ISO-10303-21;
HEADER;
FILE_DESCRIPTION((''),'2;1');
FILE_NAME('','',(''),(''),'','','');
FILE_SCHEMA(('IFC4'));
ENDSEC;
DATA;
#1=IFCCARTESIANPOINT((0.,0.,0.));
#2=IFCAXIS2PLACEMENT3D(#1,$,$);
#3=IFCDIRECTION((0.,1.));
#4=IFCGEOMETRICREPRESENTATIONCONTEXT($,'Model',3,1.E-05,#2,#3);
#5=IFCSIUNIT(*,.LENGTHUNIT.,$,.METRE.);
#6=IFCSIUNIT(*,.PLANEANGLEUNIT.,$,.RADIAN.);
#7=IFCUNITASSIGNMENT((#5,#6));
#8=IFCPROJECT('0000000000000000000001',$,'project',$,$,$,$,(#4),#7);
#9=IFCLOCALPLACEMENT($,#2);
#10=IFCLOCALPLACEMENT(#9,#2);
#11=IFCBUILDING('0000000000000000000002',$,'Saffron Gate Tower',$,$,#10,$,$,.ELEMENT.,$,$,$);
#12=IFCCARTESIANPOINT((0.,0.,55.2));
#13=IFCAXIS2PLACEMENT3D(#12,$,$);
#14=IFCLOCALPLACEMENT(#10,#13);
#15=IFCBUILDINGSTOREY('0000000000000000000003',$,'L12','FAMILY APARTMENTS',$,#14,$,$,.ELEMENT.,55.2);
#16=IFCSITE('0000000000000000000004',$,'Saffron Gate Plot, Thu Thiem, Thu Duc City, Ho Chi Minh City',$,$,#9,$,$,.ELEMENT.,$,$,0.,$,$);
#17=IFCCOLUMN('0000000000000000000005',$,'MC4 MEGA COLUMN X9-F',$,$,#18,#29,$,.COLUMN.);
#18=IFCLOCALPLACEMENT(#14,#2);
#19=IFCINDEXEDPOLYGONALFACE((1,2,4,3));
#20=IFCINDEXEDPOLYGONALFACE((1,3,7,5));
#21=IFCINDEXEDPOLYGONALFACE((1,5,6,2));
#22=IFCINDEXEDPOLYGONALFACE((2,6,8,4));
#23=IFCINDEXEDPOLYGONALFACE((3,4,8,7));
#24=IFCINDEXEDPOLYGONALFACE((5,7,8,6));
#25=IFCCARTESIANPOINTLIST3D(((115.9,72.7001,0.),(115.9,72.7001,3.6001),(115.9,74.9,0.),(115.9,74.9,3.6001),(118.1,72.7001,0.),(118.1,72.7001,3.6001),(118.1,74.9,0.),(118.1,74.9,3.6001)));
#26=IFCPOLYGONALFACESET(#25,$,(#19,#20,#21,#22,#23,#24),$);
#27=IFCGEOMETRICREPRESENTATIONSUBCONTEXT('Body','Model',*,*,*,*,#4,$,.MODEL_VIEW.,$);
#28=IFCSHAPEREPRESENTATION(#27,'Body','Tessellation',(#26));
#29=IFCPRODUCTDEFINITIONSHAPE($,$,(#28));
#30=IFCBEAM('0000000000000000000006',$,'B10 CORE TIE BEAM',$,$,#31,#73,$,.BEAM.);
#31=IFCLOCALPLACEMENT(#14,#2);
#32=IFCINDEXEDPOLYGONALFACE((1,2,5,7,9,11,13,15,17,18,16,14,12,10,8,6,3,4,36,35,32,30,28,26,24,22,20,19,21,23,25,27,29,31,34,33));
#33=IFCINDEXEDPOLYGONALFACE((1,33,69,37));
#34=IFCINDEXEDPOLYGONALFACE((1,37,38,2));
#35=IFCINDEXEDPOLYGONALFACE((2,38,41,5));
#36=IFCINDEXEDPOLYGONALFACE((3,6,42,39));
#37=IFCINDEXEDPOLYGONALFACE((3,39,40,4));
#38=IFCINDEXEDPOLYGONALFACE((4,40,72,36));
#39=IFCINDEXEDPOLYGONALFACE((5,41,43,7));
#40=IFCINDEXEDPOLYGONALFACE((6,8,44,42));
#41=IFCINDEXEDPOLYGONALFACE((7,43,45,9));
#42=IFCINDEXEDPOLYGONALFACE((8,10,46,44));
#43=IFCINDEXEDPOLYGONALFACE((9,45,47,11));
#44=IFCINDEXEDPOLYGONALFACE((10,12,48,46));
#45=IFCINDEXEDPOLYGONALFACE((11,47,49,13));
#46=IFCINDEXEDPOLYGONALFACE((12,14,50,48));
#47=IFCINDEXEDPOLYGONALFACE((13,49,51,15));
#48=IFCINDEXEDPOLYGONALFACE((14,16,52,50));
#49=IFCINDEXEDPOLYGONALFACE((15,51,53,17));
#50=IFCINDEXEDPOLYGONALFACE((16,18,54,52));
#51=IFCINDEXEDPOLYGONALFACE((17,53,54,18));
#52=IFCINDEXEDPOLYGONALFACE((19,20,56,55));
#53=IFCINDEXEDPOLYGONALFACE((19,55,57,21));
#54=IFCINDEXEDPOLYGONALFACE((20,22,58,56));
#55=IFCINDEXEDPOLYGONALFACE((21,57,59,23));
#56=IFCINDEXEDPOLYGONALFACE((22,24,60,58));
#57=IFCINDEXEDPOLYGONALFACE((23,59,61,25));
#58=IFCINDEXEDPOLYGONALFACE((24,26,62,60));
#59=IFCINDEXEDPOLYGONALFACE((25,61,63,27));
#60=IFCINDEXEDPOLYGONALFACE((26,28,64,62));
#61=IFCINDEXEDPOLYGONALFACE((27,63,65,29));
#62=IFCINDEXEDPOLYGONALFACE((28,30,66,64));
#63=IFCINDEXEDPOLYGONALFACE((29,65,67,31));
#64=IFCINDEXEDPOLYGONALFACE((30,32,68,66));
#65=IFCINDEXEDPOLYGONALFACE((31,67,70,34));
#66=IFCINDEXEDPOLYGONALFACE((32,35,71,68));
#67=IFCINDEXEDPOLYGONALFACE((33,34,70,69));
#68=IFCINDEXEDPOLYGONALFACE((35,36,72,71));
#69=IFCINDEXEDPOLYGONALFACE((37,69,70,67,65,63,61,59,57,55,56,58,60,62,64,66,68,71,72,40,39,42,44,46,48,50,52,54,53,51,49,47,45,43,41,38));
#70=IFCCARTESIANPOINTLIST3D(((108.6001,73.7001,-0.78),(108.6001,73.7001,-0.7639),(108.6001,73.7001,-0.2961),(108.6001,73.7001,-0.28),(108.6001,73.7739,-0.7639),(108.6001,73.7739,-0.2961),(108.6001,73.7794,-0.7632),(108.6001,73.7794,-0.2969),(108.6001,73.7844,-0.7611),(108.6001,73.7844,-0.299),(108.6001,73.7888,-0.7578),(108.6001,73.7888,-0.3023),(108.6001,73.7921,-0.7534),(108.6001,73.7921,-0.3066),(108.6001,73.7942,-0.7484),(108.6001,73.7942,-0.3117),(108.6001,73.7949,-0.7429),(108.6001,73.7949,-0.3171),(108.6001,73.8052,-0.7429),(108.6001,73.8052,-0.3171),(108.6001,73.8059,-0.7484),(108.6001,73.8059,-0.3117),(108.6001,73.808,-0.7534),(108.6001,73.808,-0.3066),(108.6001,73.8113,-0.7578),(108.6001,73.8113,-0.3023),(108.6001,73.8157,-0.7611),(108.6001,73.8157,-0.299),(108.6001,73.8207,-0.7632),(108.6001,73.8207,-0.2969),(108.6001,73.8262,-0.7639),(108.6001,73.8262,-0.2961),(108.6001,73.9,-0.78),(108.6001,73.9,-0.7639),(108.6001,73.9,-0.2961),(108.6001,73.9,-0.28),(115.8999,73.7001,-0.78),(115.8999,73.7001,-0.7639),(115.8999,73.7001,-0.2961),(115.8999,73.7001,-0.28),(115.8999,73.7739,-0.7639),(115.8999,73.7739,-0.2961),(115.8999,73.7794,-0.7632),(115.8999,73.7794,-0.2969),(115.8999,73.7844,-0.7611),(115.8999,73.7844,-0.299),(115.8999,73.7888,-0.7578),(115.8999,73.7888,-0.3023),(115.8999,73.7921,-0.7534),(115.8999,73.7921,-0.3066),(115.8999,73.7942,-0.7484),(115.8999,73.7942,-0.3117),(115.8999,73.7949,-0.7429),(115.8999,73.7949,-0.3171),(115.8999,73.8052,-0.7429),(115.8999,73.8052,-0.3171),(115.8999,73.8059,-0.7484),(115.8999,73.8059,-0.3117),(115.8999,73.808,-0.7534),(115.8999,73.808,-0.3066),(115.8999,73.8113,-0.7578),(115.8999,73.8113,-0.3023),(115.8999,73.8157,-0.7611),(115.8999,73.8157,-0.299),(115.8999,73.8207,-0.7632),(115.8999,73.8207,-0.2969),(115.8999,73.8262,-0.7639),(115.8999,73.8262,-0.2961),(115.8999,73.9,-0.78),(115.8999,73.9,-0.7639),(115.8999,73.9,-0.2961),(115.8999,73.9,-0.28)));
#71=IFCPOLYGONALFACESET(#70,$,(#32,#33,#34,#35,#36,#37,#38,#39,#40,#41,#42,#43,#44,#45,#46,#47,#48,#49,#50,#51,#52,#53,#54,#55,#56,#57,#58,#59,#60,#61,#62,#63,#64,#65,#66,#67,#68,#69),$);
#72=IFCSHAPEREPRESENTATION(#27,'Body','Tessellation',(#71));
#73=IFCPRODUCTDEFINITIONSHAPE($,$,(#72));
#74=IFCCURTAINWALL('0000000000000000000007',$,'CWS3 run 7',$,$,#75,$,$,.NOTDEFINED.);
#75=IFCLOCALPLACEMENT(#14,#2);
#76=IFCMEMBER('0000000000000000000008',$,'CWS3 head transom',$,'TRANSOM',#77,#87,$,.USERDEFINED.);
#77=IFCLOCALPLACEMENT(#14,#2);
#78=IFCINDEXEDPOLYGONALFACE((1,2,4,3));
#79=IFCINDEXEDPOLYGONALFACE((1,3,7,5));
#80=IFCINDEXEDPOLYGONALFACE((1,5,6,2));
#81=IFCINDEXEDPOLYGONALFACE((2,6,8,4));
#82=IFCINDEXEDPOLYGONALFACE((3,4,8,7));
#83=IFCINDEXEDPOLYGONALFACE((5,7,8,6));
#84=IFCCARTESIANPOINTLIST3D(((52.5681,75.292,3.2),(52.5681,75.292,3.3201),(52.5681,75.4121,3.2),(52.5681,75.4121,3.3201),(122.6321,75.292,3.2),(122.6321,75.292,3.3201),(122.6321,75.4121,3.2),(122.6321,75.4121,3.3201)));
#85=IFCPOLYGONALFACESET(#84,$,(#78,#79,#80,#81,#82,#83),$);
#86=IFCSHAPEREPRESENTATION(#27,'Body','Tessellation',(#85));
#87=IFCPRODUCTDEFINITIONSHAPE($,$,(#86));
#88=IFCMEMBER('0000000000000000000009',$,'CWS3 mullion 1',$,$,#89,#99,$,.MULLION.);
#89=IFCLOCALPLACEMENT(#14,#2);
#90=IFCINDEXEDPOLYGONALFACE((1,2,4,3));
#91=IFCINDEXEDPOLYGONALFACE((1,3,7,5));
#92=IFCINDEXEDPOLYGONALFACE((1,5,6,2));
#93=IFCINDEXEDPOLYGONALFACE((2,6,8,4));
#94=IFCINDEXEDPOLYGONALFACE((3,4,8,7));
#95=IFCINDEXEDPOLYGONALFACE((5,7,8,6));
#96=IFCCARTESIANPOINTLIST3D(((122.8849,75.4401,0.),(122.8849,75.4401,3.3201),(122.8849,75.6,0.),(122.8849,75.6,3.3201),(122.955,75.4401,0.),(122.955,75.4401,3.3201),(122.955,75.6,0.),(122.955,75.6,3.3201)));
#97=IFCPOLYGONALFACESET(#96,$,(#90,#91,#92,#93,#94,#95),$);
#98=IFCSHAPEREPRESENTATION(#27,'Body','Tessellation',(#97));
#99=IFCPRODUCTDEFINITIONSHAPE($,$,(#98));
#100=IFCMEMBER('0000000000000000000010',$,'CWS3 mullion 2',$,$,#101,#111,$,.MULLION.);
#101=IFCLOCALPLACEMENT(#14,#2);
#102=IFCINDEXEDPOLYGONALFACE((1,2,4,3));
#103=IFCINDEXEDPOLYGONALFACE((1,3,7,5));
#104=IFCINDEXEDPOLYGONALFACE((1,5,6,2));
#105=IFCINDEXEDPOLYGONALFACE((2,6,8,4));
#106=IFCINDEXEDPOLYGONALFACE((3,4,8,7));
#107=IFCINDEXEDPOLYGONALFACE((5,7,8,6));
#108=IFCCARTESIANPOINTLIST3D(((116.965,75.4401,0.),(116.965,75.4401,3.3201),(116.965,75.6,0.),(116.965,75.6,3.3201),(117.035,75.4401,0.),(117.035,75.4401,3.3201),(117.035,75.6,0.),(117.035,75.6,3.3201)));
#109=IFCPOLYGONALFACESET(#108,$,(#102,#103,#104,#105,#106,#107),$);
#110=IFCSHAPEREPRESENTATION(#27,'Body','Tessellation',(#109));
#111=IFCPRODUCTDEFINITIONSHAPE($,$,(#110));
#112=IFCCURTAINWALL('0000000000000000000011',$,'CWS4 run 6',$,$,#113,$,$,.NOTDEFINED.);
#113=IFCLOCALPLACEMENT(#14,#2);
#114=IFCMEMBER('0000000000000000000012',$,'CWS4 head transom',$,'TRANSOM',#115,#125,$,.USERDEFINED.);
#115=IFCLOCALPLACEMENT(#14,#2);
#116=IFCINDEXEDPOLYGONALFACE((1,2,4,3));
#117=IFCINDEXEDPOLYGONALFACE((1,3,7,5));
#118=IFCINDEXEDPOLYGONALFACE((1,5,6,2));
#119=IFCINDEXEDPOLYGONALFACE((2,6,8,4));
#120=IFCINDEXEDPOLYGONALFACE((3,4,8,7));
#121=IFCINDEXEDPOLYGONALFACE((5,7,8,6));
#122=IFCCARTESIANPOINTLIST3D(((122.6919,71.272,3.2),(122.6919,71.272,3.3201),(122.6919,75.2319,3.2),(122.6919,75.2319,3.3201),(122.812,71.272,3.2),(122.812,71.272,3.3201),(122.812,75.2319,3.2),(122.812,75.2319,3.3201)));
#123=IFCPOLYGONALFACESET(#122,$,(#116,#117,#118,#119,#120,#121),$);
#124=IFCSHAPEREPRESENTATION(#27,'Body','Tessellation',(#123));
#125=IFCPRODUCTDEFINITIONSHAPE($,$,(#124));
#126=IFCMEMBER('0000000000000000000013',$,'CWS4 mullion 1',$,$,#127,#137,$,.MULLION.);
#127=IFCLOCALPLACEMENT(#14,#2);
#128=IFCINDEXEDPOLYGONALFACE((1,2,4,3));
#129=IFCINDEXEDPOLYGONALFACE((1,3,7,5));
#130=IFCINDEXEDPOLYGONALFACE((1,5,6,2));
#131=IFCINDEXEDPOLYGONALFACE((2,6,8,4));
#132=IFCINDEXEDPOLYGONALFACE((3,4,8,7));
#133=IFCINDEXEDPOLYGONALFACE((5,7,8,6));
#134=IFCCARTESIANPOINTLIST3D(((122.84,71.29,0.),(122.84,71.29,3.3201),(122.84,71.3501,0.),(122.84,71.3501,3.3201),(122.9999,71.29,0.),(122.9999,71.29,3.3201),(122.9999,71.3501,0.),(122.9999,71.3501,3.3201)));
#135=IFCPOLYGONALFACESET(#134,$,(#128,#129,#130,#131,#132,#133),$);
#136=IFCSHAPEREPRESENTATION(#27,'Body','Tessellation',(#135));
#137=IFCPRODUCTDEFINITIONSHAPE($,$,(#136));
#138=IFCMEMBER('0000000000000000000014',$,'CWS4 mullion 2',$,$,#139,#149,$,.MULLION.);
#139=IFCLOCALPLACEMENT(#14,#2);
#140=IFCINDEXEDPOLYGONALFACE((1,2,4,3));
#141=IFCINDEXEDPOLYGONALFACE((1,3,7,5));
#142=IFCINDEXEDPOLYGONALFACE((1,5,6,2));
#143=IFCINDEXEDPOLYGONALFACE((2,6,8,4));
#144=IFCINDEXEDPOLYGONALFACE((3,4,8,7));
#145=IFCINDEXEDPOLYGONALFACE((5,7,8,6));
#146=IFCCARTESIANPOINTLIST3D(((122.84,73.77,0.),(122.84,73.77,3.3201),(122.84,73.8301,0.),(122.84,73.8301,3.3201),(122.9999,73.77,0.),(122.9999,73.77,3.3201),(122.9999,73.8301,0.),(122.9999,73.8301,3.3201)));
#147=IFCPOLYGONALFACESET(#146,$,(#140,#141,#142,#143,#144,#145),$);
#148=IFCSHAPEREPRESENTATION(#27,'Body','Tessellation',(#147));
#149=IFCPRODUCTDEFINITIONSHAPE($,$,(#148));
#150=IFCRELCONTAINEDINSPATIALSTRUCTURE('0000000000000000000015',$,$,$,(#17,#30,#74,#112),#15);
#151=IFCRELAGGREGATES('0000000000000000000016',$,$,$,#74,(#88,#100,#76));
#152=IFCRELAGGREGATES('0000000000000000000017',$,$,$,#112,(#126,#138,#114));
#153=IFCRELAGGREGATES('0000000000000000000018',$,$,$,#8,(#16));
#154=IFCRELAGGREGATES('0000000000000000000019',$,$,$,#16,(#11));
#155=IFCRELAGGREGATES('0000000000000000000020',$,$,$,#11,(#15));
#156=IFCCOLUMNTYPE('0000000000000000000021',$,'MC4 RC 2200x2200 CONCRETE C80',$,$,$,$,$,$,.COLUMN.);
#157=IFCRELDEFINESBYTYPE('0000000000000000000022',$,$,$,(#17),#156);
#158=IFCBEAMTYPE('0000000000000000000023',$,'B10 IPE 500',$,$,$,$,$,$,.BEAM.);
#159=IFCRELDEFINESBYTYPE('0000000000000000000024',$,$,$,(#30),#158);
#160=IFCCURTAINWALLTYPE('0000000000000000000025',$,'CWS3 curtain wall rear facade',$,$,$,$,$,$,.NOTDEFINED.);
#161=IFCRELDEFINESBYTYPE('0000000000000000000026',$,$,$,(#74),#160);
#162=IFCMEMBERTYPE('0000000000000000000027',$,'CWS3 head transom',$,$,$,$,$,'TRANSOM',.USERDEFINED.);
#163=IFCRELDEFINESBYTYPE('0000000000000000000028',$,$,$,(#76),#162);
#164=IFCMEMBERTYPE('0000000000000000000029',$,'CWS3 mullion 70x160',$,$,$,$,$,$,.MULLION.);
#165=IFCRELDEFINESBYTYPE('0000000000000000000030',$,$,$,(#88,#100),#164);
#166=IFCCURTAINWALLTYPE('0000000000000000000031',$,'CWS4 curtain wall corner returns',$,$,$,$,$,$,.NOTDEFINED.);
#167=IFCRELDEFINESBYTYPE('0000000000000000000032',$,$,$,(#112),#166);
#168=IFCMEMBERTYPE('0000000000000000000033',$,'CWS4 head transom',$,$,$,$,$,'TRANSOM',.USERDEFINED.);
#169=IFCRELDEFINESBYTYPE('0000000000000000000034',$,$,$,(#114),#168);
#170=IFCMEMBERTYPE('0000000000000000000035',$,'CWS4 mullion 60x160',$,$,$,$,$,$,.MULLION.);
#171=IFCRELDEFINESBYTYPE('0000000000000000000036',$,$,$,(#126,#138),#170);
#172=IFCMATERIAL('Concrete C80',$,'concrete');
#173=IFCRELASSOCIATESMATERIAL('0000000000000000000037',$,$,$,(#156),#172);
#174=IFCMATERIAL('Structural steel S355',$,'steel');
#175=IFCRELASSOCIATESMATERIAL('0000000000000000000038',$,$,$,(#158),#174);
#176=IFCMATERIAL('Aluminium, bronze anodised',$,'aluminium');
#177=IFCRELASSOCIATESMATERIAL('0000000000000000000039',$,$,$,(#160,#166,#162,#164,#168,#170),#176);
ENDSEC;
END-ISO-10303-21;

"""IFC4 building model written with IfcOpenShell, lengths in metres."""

from ifc_helpers import new_model, si_unit, direction, frame, origin, origin_2d, place, context, subcontext, project, spatial, rectangle, i_section, extrude, material, material_profile, profile_set, type_object, element, aggregate, save


model = new_model("IFC4")

# Units and contexts
model_context = context("Model", 3, precision=1e-05, world=origin(), true_north=direction((0.0, 1.0)))
body_context = subcontext(model_context, "Body", "Model", "MODEL_VIEW")
ifc_project = project(units=[si_unit("LENGTHUNIT", "METRE"), si_unit("PLANEANGLEUNIT", "RADIAN")], contexts=[model_context])

# Site, building, storey
site_placement = place(None, origin())
site = spatial("IfcSite", under=ifc_project, at=site_placement, Name="Saffron Gate Plot, Thu Thiem, Thu Duc City, Ho Chi Minh City", CompositionType="ELEMENT", RefElevation=0.0)
building_placement = place(site_placement, origin())
building = spatial("IfcBuilding", under=site, at=building_placement, Name="Saffron Gate Tower", CompositionType="ELEMENT")
storey_placement = place(building_placement, frame((0.0, 0.0, 55.2)))
storey = spatial("IfcBuildingStorey", under=building, at=storey_placement, Name="L12", Description="FAMILY APARTMENTS", CompositionType="ELEMENT", Elevation=55.2)

# Column
ifc_material_1 = material(Name="Concrete C80", Category="concrete")
ifc_material_profile_1 = material_profile(ifc_material_1, rectangle(XDim=2.2, YDim=2.2, at=origin_2d()))
ifc_profile_set_1 = profile_set([ifc_material_profile_1], Name="Concrete C80")
column_type = type_object("IfcColumnType", Name="MC4 RC 2200x2200 CONCRETE C80", PredefinedType="COLUMN", material=ifc_profile_set_1)
column_placement = place(storey_placement, frame((117.0, 73.8, 0.0), z_axis=(0.0, 0.0, 1.0), x_axis=(1.0, 0.0, 0.0)))
element("IfcColumn", 1, at=column_placement, inside=storey, type_object=column_type, Name="MC4 MEGA COLUMN X9-F", PredefinedType="COLUMN", context=body_context, shape_type="SweptSolid", body=[
    extrude(rectangle(XDim=2.2, YDim=2.2, at=origin_2d()), origin(), (0.0, 0.0, 1.0), 3.6001),
])

# Beam
ifc_material_2 = material(Name="Structural steel S355", Category="steel")
ifc_material_profile_2 = material_profile(ifc_material_2, i_section(OverallWidth=0.2, OverallDepth=0.5, WebThickness=0.0103, FlangeThickness=0.0161, FilletRadius=0.021, at=origin_2d()))
ifc_profile_set_2 = profile_set([ifc_material_profile_2], Name="Structural steel S355")
beam_type = type_object("IfcBeamType", Name="B10 IPE 500", PredefinedType="BEAM", material=ifc_profile_set_2)
beam_placement = place(storey_placement, frame((115.8999, 73.8, -0.53), z_axis=(-1.0, 0.0, 0.0), x_axis=(0.0, -1.0, 0.0)))
element("IfcBeam", 2, at=beam_placement, inside=storey, type_object=beam_type, Name="B10 CORE TIE BEAM", PredefinedType="BEAM", context=body_context, shape_type="SweptSolid", body=[
    extrude(i_section(OverallWidth=0.2, OverallDepth=0.5, WebThickness=0.0103, FlangeThickness=0.0161, FilletRadius=0.021, at=origin_2d()), origin(), (0.0, 0.0, 1.0), 7.2998),
])

# Curtain walls, members
ifc_material_3 = material(Name="Aluminium, bronze anodised", Category="aluminium")
curtain_wall_type_1 = type_object("IfcCurtainWallType", Name="CWS3 curtain wall rear facade", PredefinedType="NOTDEFINED", material=ifc_material_3)
curtain_wall_1_placement = place(storey_placement, origin())
curtain_wall_1 = element("IfcCurtainWall", 3, at=curtain_wall_1_placement, inside=storey, type_object=curtain_wall_type_1, Name="CWS3 run 7", PredefinedType="NOTDEFINED")
ifc_material_profile_3 = material_profile(ifc_material_3, rectangle(XDim=0.1201, YDim=0.1201, at=origin_2d()))
ifc_profile_set_3 = profile_set([ifc_material_profile_3], Name="Aluminium, bronze anodised")
member_type_1 = type_object("IfcMemberType", Name="CWS3 head transom", ElementType="TRANSOM", PredefinedType="USERDEFINED", material=ifc_profile_set_3)
member_1_placement = place(storey_placement, frame((122.6321, 75.3521, 3.26), z_axis=(-1.0, 0.0, 0.0), x_axis=(0.0, -1.0, 0.0)))
member_1 = element("IfcMember", 4, at=member_1_placement, type_object=member_type_1, Name="CWS3 head transom", ObjectType="TRANSOM", PredefinedType="USERDEFINED", context=body_context, shape_type="SweptSolid", body=[
    extrude(rectangle(XDim=0.1201, YDim=0.1201, at=origin_2d()), origin(), (0.0, 0.0, 1.0), 70.064),
])
ifc_material_profile_4 = material_profile(ifc_material_3, rectangle(XDim=0.1599, YDim=0.0701, at=origin_2d()))
ifc_profile_set_4 = profile_set([ifc_material_profile_4], Name="Aluminium, bronze anodised")
member_type_2 = type_object("IfcMemberType", Name="CWS3 mullion 70x160", PredefinedType="MULLION", material=ifc_profile_set_4)
member_2_placement = place(storey_placement, frame((122.9199, 75.52, 0.0), z_axis=(0.0, 0.0, 1.0), x_axis=(0.0, -1.0, 0.0)))
member_2 = element("IfcMember", 5, at=member_2_placement, type_object=member_type_2, Name="CWS3 mullion 1", PredefinedType="MULLION", context=body_context, shape_type="SweptSolid", body=[
    extrude(rectangle(XDim=0.1599, YDim=0.0701, at=origin_2d()), origin(), (0.0, 0.0, 1.0), 3.3201),
])
member_3_placement = place(storey_placement, frame((117.0, 75.52, 0.0), z_axis=(0.0, 0.0, 1.0), x_axis=(0.0, -1.0, 0.0)))
member_3 = element("IfcMember", 6, at=member_3_placement, type_object=member_type_2, Name="CWS3 mullion 2", PredefinedType="MULLION", context=body_context, shape_type="SweptSolid", body=[
    extrude(rectangle(XDim=0.1599, YDim=0.0701, at=origin_2d()), origin(), (0.0, 0.0, 1.0), 3.3201),
])
curtain_wall_type_2 = type_object("IfcCurtainWallType", Name="CWS4 curtain wall corner returns", PredefinedType="NOTDEFINED", material=ifc_material_3)
curtain_wall_2_placement = place(storey_placement, origin())
curtain_wall_2 = element("IfcCurtainWall", 7, at=curtain_wall_2_placement, inside=storey, type_object=curtain_wall_type_2, Name="CWS4 run 6", PredefinedType="NOTDEFINED")
ifc_material_profile_5 = material_profile(ifc_material_3, rectangle(XDim=0.1201, YDim=0.1201, at=origin_2d()))
ifc_profile_set_5 = profile_set([ifc_material_profile_5], Name="Aluminium, bronze anodised")
member_type_3 = type_object("IfcMemberType", Name="CWS4 head transom", ElementType="TRANSOM", PredefinedType="USERDEFINED", material=ifc_profile_set_5)
member_4_placement = place(storey_placement, frame((122.752, 71.272, 3.26), z_axis=(0.0, 1.0, 0.0), x_axis=(-1.0, 0.0, 0.0)))
member_4 = element("IfcMember", 8, at=member_4_placement, type_object=member_type_3, Name="CWS4 head transom", ObjectType="TRANSOM", PredefinedType="USERDEFINED", context=body_context, shape_type="SweptSolid", body=[
    extrude(rectangle(XDim=0.1201, YDim=0.1201, at=origin_2d()), origin(), (0.0, 0.0, 1.0), 3.96),
])
ifc_material_profile_6 = material_profile(ifc_material_3, rectangle(XDim=0.1599, YDim=0.0601, at=origin_2d()))
ifc_profile_set_6 = profile_set([ifc_material_profile_6], Name="Aluminium, bronze anodised")
member_type_4 = type_object("IfcMemberType", Name="CWS4 mullion 60x160", PredefinedType="MULLION", material=ifc_profile_set_6)
member_5_placement = place(storey_placement, frame((122.9199, 71.3201, 0.0), z_axis=(0.0, 0.0, 1.0), x_axis=(-1.0, 0.0, 0.0)))
member_5 = element("IfcMember", 9, at=member_5_placement, type_object=member_type_4, Name="CWS4 mullion 1", PredefinedType="MULLION", context=body_context, shape_type="SweptSolid", body=[
    extrude(rectangle(XDim=0.1599, YDim=0.0601, at=origin_2d()), origin(), (0.0, 0.0, 1.0), 3.3201),
])
member_6_placement = place(storey_placement, frame((122.9199, 73.8, 0.0), z_axis=(0.0, 0.0, 1.0), x_axis=(-1.0, 0.0, 0.0)))
member_6 = element("IfcMember", 10, at=member_6_placement, type_object=member_type_4, Name="CWS4 mullion 2", PredefinedType="MULLION", context=body_context, shape_type="SweptSolid", body=[
    extrude(rectangle(XDim=0.1599, YDim=0.0601, at=origin_2d()), origin(), (0.0, 0.0, 1.0), 3.3201),
])

aggregate(curtain_wall_1, [member_2, member_3, member_1])

aggregate(curtain_wall_2, [member_5, member_6, member_4])

save(model, "model.ifc")
